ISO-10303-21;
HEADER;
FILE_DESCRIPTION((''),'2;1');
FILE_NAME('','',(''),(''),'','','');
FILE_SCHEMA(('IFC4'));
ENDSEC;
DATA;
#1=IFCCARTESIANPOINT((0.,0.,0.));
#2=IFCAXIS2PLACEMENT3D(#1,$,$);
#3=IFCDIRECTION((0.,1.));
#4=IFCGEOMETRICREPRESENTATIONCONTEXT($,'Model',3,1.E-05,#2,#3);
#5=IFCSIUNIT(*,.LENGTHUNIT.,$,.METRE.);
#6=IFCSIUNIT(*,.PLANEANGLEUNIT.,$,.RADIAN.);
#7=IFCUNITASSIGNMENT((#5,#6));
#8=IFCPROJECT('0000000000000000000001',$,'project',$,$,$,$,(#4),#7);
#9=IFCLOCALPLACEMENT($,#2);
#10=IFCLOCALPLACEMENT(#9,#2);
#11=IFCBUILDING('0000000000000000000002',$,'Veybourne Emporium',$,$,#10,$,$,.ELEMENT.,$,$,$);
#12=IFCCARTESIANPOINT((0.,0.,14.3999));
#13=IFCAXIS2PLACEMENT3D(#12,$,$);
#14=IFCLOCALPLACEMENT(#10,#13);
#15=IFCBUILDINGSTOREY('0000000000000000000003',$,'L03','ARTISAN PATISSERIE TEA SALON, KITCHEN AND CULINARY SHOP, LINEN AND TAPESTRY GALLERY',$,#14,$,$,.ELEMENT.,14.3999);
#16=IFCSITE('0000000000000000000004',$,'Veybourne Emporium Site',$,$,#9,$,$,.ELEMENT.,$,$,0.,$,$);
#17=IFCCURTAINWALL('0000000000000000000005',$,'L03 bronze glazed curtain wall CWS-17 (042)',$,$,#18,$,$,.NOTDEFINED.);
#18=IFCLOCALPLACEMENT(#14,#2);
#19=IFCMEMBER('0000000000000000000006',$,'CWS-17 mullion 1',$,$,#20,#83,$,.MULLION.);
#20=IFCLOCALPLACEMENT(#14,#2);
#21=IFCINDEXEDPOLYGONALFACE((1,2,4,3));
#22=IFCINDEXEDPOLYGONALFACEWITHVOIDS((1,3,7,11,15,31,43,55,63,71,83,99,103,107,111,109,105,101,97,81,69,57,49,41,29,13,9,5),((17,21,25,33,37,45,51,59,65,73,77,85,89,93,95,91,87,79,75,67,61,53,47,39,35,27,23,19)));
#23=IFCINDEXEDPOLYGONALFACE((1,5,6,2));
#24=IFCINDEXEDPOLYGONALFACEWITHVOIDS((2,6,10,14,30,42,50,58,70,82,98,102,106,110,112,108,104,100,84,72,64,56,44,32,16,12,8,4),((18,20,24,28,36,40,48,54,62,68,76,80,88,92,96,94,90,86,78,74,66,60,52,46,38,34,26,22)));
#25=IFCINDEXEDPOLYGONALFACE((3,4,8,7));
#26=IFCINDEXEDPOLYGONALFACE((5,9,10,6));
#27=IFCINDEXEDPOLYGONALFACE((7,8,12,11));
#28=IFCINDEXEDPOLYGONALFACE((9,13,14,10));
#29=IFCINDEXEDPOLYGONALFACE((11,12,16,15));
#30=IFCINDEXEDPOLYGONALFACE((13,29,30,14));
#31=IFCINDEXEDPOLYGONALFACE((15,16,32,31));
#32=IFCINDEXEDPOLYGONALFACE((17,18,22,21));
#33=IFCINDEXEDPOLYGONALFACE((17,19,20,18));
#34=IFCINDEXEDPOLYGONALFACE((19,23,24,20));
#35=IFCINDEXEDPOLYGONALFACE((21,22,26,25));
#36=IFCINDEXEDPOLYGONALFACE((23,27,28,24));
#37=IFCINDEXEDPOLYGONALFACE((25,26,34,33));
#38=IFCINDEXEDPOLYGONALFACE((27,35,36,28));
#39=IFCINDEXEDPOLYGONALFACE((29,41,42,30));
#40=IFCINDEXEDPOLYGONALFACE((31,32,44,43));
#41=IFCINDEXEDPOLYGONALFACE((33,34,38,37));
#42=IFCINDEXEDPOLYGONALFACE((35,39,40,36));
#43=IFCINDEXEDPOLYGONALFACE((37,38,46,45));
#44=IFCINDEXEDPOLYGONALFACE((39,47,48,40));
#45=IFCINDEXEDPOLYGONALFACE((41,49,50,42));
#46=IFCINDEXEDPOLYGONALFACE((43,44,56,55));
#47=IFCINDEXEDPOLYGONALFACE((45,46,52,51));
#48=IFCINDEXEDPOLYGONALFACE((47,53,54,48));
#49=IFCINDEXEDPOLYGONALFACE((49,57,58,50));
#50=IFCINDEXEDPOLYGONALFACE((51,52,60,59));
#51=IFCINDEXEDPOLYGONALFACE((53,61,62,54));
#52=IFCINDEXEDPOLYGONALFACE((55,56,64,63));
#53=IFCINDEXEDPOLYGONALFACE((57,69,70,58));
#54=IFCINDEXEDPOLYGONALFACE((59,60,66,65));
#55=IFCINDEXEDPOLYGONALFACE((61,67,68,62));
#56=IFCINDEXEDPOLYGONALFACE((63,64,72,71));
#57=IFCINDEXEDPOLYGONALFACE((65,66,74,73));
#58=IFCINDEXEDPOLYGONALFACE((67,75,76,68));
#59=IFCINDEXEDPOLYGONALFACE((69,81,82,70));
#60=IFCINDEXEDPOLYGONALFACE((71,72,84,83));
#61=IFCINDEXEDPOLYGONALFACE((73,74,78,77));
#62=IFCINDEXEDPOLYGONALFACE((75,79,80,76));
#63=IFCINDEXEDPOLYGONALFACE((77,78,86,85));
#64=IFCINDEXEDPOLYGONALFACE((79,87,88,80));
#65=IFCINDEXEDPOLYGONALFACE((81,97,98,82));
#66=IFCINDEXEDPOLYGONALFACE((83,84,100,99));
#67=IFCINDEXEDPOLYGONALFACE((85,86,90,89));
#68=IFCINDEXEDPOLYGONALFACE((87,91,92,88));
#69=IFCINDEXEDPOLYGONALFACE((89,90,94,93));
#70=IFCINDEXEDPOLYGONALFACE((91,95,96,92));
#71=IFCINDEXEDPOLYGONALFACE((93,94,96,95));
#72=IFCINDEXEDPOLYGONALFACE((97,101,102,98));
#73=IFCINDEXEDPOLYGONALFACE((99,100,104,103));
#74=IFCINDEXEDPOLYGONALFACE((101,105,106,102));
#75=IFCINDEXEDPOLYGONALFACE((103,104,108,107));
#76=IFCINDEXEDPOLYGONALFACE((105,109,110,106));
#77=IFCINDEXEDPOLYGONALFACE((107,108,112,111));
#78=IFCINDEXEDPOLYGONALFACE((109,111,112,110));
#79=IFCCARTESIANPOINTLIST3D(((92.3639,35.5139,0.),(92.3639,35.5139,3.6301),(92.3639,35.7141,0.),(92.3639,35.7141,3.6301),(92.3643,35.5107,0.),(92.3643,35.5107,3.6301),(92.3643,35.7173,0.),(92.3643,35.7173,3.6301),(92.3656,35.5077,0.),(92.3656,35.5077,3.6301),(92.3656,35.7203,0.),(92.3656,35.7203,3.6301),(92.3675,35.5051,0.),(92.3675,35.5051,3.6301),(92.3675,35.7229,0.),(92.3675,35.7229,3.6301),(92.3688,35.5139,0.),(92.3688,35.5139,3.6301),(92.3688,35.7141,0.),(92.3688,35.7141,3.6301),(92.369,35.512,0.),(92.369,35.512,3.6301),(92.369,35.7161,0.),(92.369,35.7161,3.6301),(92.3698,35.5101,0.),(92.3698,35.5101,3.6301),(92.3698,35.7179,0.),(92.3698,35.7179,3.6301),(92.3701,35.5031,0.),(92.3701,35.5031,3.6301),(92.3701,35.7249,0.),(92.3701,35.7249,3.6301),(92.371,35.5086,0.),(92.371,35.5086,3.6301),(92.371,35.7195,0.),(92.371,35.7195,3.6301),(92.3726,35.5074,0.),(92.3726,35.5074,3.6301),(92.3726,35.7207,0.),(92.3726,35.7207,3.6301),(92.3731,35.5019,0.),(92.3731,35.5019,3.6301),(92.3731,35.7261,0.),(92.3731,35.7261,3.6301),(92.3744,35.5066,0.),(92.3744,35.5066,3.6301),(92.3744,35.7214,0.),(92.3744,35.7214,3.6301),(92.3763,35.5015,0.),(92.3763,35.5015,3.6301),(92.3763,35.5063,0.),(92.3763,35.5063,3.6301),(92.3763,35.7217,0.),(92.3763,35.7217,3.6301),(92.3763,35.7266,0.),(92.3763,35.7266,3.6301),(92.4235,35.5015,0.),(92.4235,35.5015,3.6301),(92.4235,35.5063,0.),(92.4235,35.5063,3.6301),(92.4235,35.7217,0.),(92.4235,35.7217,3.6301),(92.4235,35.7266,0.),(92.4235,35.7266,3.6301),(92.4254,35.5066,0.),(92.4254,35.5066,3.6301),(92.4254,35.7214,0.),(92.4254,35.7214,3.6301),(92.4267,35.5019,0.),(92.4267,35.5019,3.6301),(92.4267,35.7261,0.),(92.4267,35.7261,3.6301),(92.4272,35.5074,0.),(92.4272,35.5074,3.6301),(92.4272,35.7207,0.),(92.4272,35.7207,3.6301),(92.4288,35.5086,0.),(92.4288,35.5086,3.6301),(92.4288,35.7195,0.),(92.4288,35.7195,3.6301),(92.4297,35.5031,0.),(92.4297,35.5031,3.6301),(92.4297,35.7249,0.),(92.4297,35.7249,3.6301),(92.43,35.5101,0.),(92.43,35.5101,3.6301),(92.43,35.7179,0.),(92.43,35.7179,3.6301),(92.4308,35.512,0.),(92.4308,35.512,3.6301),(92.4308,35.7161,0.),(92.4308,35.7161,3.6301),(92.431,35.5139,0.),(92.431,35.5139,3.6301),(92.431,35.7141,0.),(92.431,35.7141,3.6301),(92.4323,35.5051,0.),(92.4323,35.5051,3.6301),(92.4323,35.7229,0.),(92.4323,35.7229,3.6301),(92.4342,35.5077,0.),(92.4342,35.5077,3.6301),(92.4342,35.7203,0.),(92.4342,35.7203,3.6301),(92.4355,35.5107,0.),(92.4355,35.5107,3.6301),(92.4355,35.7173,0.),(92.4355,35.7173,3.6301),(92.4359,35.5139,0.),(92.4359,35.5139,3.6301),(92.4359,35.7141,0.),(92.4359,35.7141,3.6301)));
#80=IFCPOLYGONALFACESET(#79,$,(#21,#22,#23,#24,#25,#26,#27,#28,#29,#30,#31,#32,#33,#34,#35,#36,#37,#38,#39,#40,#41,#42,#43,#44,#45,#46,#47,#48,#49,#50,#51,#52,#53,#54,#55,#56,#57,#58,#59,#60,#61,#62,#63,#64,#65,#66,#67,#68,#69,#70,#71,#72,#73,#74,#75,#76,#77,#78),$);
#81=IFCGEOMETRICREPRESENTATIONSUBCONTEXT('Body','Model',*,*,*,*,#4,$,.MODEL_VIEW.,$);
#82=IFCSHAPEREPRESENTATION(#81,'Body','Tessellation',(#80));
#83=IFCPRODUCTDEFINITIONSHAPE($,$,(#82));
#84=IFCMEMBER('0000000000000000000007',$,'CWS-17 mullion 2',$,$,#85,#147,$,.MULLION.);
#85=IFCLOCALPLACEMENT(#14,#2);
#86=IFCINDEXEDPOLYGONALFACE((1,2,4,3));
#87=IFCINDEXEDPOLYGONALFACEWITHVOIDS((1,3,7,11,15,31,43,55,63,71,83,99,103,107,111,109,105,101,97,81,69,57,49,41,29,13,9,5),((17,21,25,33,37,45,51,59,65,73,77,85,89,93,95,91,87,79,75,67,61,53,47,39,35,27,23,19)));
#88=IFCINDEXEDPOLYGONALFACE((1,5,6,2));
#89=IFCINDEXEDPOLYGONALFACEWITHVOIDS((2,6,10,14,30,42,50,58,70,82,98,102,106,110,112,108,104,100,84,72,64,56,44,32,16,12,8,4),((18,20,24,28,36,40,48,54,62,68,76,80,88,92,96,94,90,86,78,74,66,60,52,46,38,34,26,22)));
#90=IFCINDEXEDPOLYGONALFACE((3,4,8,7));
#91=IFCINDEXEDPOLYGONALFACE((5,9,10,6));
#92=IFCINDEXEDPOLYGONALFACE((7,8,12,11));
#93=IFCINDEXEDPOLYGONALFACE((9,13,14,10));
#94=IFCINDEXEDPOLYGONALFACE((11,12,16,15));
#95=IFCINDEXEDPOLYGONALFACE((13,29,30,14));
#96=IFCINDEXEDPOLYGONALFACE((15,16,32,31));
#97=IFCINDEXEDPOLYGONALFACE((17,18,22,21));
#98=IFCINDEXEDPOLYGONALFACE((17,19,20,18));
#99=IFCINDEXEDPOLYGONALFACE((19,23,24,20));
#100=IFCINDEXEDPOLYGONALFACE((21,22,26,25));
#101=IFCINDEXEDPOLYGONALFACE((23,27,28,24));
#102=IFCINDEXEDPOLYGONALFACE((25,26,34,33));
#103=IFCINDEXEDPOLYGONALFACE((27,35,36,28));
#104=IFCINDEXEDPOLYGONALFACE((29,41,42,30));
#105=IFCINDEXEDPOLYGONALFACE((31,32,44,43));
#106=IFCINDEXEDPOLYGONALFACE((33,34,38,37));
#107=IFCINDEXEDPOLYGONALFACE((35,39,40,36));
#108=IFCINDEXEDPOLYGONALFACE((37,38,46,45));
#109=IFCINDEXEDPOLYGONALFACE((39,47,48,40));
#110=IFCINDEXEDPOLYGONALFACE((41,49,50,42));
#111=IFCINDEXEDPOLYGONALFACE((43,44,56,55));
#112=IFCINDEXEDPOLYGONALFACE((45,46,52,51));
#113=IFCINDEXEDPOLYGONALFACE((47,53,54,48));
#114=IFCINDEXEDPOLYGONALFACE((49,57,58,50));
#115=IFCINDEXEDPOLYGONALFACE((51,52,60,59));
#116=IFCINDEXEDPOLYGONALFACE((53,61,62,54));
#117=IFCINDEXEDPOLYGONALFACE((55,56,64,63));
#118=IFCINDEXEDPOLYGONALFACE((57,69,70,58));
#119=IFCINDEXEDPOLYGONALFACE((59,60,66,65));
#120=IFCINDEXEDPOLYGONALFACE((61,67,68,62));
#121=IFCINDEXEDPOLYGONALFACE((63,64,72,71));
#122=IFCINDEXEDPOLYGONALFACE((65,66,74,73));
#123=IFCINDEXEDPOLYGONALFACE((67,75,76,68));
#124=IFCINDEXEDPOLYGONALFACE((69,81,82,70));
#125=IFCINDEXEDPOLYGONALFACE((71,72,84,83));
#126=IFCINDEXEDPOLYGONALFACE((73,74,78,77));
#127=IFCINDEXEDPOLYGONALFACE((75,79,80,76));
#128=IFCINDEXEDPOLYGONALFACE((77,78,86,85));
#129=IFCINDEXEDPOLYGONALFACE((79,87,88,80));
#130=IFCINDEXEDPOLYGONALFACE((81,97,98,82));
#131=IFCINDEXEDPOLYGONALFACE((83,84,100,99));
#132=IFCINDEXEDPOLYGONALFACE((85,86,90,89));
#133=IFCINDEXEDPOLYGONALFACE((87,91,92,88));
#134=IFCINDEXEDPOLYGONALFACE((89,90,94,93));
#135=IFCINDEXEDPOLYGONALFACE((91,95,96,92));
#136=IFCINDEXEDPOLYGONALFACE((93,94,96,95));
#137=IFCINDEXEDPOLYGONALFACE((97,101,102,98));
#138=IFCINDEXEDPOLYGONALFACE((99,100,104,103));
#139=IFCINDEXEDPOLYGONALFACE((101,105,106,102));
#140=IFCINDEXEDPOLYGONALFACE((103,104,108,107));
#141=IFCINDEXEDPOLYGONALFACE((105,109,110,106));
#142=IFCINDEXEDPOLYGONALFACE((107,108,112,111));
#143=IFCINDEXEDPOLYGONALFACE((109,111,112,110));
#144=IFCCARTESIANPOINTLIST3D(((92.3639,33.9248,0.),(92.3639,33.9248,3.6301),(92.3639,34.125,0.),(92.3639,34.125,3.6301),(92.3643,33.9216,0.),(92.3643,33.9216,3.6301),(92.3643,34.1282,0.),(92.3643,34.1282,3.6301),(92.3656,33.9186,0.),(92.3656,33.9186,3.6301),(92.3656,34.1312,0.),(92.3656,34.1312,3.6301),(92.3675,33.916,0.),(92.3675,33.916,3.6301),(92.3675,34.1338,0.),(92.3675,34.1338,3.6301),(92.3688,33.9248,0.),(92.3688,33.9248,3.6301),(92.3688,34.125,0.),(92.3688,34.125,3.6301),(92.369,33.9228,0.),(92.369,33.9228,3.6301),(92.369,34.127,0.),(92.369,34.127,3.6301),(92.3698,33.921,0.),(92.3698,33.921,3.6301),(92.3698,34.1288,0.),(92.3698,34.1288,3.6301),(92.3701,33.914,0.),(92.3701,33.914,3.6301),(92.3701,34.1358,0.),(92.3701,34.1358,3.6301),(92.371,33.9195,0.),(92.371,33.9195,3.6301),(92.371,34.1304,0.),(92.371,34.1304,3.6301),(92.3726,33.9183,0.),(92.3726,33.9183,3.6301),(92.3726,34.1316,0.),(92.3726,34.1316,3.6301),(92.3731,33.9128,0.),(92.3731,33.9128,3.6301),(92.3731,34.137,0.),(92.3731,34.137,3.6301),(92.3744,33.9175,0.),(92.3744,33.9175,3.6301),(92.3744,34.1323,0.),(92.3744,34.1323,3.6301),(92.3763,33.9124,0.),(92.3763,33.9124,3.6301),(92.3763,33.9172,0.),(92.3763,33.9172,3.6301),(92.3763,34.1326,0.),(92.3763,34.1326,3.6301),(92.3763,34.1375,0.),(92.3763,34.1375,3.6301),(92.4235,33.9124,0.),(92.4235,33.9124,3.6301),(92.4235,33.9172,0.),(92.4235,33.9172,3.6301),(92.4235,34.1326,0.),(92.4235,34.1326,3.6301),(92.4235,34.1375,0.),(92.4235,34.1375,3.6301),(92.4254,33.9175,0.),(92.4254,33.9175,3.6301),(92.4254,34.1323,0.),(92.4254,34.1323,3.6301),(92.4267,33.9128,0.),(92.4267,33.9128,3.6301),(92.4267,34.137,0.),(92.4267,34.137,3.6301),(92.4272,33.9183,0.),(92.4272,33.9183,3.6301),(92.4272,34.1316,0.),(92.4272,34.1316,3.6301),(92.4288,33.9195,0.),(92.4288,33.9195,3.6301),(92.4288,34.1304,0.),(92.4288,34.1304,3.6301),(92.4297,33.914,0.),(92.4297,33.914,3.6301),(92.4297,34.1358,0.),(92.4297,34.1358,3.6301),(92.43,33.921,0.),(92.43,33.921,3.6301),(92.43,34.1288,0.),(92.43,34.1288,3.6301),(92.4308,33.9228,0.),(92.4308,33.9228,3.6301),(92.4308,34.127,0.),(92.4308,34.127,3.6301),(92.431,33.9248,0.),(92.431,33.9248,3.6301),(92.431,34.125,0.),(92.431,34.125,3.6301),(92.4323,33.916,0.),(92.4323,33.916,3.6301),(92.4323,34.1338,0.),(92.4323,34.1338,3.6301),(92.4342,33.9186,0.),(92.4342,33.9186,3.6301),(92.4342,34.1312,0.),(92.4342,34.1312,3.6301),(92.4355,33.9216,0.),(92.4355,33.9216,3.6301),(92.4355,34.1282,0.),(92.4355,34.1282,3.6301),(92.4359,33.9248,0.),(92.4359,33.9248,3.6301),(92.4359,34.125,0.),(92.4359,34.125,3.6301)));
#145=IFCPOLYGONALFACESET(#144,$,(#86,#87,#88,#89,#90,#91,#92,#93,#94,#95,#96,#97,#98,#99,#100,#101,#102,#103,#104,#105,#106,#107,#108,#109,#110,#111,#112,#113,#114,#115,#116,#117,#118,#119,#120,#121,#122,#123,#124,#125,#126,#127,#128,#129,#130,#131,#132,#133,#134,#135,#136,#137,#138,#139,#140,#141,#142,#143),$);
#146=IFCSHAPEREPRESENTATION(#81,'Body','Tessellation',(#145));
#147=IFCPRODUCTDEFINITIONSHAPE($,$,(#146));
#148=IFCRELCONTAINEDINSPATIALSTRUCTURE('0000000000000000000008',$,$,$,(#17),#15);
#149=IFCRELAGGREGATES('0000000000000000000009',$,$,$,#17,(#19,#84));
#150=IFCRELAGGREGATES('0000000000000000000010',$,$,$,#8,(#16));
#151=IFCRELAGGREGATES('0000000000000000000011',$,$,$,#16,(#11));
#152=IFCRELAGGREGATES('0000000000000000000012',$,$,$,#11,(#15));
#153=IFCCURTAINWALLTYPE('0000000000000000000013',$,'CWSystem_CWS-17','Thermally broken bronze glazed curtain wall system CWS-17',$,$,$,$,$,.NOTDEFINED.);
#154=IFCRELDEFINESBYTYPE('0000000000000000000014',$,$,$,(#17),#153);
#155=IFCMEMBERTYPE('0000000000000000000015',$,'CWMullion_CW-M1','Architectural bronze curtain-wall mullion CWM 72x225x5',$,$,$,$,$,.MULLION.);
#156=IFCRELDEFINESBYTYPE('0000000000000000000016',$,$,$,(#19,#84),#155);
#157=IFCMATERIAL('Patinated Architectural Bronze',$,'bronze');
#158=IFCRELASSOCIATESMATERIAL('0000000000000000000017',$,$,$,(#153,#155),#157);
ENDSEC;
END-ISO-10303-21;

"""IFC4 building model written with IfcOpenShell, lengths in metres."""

from ifc_helpers import new_model, si_unit, direction, frame, origin, origin_2d, place, context, subcontext, project, spatial, hollow_rectangle, extrude, material, material_profile, profile_set, type_object, element, aggregate, save


model = new_model("IFC4")

# Units and contexts
model_context = context("Model", 3, precision=1e-05, world=origin(), true_north=direction((0.0, 1.0)))
body_context = subcontext(model_context, "Body", "Model", "MODEL_VIEW")
ifc_project = project(units=[si_unit("LENGTHUNIT", "METRE"), si_unit("PLANEANGLEUNIT", "RADIAN")], contexts=[model_context])

# Site, building, storey
site_placement = place(None, origin())
site = spatial("IfcSite", under=ifc_project, at=site_placement, Name="Veybourne Emporium Site", CompositionType="ELEMENT", RefElevation=0.0)
building_placement = place(site_placement, origin())
building = spatial("IfcBuilding", under=site, at=building_placement, Name="Veybourne Emporium", CompositionType="ELEMENT")
storey_placement = place(building_placement, frame((0.0, 0.0, 14.3999)))
storey = spatial("IfcBuildingStorey", under=building, at=storey_placement, Name="L03", Description="ARTISAN PATISSERIE TEA SALON, KITCHEN AND CULINARY SHOP, LINEN AND TAPESTRY GALLERY", CompositionType="ELEMENT", Elevation=14.3999)

# Curtain wall, members
ifc_material_1 = material(Name="Patinated Architectural Bronze", Category="bronze")
curtain_wall_type = type_object("IfcCurtainWallType", Name="CWSystem_CWS-17", Description="Thermally broken bronze glazed curtain wall system CWS-17", PredefinedType="NOTDEFINED", material=ifc_material_1)
curtain_wall_placement = place(storey_placement, origin())
curtain_wall = element("IfcCurtainWall", 1, at=curtain_wall_placement, inside=storey, type_object=curtain_wall_type, Name="L03 bronze glazed curtain wall CWS-17 (042)", PredefinedType="NOTDEFINED")
ifc_material_profile_1 = material_profile(ifc_material_1, hollow_rectangle(XDim=0.072, YDim=0.2251, WallThickness=0.0049, InnerFilletRadius=0.0076, OuterFilletRadius=0.0125, at=origin_2d()), Name="CWM 72x225x5")
ifc_profile_set_1 = profile_set([ifc_material_profile_1], Name="Patinated Architectural Bronze")
member_type_1 = type_object("IfcMemberType", Name="CWMullion_CW-M1", Description="Architectural bronze curtain-wall mullion CWM 72x225x5", PredefinedType="MULLION", material=ifc_profile_set_1)
member_1_placement = place(storey_placement, frame((92.3999, 35.614, 0.0), z_axis=(0.0, 0.0, 1.0), x_axis=(1.0, 0.0, 0.0)))
member_1 = element("IfcMember", 2, at=member_1_placement, type_object=member_type_1, Name="CWS-17 mullion 1", PredefinedType="MULLION", context=body_context, shape_type="SweptSolid", body=[
    extrude(hollow_rectangle(XDim=0.072, YDim=0.2251, WallThickness=0.0049, InnerFilletRadius=0.0076, OuterFilletRadius=0.0125, at=origin_2d()), origin(), (0.0, 0.0, 1.0), 3.6301),
])
member_2_placement = place(storey_placement, frame((92.3999, 34.0249, 0.0), z_axis=(0.0, 0.0, 1.0), x_axis=(1.0, 0.0, 0.0)))
member_2 = element("IfcMember", 3, at=member_2_placement, type_object=member_type_1, Name="CWS-17 mullion 2", PredefinedType="MULLION", context=body_context, shape_type="SweptSolid", body=[
    extrude(hollow_rectangle(XDim=0.072, YDim=0.2251, WallThickness=0.0049, InnerFilletRadius=0.0076, OuterFilletRadius=0.0125, at=origin_2d()), origin(), (0.0, 0.0, 1.0), 3.6301),
])

aggregate(curtain_wall, [member_1, member_2])

save(model, "model.ifc")
